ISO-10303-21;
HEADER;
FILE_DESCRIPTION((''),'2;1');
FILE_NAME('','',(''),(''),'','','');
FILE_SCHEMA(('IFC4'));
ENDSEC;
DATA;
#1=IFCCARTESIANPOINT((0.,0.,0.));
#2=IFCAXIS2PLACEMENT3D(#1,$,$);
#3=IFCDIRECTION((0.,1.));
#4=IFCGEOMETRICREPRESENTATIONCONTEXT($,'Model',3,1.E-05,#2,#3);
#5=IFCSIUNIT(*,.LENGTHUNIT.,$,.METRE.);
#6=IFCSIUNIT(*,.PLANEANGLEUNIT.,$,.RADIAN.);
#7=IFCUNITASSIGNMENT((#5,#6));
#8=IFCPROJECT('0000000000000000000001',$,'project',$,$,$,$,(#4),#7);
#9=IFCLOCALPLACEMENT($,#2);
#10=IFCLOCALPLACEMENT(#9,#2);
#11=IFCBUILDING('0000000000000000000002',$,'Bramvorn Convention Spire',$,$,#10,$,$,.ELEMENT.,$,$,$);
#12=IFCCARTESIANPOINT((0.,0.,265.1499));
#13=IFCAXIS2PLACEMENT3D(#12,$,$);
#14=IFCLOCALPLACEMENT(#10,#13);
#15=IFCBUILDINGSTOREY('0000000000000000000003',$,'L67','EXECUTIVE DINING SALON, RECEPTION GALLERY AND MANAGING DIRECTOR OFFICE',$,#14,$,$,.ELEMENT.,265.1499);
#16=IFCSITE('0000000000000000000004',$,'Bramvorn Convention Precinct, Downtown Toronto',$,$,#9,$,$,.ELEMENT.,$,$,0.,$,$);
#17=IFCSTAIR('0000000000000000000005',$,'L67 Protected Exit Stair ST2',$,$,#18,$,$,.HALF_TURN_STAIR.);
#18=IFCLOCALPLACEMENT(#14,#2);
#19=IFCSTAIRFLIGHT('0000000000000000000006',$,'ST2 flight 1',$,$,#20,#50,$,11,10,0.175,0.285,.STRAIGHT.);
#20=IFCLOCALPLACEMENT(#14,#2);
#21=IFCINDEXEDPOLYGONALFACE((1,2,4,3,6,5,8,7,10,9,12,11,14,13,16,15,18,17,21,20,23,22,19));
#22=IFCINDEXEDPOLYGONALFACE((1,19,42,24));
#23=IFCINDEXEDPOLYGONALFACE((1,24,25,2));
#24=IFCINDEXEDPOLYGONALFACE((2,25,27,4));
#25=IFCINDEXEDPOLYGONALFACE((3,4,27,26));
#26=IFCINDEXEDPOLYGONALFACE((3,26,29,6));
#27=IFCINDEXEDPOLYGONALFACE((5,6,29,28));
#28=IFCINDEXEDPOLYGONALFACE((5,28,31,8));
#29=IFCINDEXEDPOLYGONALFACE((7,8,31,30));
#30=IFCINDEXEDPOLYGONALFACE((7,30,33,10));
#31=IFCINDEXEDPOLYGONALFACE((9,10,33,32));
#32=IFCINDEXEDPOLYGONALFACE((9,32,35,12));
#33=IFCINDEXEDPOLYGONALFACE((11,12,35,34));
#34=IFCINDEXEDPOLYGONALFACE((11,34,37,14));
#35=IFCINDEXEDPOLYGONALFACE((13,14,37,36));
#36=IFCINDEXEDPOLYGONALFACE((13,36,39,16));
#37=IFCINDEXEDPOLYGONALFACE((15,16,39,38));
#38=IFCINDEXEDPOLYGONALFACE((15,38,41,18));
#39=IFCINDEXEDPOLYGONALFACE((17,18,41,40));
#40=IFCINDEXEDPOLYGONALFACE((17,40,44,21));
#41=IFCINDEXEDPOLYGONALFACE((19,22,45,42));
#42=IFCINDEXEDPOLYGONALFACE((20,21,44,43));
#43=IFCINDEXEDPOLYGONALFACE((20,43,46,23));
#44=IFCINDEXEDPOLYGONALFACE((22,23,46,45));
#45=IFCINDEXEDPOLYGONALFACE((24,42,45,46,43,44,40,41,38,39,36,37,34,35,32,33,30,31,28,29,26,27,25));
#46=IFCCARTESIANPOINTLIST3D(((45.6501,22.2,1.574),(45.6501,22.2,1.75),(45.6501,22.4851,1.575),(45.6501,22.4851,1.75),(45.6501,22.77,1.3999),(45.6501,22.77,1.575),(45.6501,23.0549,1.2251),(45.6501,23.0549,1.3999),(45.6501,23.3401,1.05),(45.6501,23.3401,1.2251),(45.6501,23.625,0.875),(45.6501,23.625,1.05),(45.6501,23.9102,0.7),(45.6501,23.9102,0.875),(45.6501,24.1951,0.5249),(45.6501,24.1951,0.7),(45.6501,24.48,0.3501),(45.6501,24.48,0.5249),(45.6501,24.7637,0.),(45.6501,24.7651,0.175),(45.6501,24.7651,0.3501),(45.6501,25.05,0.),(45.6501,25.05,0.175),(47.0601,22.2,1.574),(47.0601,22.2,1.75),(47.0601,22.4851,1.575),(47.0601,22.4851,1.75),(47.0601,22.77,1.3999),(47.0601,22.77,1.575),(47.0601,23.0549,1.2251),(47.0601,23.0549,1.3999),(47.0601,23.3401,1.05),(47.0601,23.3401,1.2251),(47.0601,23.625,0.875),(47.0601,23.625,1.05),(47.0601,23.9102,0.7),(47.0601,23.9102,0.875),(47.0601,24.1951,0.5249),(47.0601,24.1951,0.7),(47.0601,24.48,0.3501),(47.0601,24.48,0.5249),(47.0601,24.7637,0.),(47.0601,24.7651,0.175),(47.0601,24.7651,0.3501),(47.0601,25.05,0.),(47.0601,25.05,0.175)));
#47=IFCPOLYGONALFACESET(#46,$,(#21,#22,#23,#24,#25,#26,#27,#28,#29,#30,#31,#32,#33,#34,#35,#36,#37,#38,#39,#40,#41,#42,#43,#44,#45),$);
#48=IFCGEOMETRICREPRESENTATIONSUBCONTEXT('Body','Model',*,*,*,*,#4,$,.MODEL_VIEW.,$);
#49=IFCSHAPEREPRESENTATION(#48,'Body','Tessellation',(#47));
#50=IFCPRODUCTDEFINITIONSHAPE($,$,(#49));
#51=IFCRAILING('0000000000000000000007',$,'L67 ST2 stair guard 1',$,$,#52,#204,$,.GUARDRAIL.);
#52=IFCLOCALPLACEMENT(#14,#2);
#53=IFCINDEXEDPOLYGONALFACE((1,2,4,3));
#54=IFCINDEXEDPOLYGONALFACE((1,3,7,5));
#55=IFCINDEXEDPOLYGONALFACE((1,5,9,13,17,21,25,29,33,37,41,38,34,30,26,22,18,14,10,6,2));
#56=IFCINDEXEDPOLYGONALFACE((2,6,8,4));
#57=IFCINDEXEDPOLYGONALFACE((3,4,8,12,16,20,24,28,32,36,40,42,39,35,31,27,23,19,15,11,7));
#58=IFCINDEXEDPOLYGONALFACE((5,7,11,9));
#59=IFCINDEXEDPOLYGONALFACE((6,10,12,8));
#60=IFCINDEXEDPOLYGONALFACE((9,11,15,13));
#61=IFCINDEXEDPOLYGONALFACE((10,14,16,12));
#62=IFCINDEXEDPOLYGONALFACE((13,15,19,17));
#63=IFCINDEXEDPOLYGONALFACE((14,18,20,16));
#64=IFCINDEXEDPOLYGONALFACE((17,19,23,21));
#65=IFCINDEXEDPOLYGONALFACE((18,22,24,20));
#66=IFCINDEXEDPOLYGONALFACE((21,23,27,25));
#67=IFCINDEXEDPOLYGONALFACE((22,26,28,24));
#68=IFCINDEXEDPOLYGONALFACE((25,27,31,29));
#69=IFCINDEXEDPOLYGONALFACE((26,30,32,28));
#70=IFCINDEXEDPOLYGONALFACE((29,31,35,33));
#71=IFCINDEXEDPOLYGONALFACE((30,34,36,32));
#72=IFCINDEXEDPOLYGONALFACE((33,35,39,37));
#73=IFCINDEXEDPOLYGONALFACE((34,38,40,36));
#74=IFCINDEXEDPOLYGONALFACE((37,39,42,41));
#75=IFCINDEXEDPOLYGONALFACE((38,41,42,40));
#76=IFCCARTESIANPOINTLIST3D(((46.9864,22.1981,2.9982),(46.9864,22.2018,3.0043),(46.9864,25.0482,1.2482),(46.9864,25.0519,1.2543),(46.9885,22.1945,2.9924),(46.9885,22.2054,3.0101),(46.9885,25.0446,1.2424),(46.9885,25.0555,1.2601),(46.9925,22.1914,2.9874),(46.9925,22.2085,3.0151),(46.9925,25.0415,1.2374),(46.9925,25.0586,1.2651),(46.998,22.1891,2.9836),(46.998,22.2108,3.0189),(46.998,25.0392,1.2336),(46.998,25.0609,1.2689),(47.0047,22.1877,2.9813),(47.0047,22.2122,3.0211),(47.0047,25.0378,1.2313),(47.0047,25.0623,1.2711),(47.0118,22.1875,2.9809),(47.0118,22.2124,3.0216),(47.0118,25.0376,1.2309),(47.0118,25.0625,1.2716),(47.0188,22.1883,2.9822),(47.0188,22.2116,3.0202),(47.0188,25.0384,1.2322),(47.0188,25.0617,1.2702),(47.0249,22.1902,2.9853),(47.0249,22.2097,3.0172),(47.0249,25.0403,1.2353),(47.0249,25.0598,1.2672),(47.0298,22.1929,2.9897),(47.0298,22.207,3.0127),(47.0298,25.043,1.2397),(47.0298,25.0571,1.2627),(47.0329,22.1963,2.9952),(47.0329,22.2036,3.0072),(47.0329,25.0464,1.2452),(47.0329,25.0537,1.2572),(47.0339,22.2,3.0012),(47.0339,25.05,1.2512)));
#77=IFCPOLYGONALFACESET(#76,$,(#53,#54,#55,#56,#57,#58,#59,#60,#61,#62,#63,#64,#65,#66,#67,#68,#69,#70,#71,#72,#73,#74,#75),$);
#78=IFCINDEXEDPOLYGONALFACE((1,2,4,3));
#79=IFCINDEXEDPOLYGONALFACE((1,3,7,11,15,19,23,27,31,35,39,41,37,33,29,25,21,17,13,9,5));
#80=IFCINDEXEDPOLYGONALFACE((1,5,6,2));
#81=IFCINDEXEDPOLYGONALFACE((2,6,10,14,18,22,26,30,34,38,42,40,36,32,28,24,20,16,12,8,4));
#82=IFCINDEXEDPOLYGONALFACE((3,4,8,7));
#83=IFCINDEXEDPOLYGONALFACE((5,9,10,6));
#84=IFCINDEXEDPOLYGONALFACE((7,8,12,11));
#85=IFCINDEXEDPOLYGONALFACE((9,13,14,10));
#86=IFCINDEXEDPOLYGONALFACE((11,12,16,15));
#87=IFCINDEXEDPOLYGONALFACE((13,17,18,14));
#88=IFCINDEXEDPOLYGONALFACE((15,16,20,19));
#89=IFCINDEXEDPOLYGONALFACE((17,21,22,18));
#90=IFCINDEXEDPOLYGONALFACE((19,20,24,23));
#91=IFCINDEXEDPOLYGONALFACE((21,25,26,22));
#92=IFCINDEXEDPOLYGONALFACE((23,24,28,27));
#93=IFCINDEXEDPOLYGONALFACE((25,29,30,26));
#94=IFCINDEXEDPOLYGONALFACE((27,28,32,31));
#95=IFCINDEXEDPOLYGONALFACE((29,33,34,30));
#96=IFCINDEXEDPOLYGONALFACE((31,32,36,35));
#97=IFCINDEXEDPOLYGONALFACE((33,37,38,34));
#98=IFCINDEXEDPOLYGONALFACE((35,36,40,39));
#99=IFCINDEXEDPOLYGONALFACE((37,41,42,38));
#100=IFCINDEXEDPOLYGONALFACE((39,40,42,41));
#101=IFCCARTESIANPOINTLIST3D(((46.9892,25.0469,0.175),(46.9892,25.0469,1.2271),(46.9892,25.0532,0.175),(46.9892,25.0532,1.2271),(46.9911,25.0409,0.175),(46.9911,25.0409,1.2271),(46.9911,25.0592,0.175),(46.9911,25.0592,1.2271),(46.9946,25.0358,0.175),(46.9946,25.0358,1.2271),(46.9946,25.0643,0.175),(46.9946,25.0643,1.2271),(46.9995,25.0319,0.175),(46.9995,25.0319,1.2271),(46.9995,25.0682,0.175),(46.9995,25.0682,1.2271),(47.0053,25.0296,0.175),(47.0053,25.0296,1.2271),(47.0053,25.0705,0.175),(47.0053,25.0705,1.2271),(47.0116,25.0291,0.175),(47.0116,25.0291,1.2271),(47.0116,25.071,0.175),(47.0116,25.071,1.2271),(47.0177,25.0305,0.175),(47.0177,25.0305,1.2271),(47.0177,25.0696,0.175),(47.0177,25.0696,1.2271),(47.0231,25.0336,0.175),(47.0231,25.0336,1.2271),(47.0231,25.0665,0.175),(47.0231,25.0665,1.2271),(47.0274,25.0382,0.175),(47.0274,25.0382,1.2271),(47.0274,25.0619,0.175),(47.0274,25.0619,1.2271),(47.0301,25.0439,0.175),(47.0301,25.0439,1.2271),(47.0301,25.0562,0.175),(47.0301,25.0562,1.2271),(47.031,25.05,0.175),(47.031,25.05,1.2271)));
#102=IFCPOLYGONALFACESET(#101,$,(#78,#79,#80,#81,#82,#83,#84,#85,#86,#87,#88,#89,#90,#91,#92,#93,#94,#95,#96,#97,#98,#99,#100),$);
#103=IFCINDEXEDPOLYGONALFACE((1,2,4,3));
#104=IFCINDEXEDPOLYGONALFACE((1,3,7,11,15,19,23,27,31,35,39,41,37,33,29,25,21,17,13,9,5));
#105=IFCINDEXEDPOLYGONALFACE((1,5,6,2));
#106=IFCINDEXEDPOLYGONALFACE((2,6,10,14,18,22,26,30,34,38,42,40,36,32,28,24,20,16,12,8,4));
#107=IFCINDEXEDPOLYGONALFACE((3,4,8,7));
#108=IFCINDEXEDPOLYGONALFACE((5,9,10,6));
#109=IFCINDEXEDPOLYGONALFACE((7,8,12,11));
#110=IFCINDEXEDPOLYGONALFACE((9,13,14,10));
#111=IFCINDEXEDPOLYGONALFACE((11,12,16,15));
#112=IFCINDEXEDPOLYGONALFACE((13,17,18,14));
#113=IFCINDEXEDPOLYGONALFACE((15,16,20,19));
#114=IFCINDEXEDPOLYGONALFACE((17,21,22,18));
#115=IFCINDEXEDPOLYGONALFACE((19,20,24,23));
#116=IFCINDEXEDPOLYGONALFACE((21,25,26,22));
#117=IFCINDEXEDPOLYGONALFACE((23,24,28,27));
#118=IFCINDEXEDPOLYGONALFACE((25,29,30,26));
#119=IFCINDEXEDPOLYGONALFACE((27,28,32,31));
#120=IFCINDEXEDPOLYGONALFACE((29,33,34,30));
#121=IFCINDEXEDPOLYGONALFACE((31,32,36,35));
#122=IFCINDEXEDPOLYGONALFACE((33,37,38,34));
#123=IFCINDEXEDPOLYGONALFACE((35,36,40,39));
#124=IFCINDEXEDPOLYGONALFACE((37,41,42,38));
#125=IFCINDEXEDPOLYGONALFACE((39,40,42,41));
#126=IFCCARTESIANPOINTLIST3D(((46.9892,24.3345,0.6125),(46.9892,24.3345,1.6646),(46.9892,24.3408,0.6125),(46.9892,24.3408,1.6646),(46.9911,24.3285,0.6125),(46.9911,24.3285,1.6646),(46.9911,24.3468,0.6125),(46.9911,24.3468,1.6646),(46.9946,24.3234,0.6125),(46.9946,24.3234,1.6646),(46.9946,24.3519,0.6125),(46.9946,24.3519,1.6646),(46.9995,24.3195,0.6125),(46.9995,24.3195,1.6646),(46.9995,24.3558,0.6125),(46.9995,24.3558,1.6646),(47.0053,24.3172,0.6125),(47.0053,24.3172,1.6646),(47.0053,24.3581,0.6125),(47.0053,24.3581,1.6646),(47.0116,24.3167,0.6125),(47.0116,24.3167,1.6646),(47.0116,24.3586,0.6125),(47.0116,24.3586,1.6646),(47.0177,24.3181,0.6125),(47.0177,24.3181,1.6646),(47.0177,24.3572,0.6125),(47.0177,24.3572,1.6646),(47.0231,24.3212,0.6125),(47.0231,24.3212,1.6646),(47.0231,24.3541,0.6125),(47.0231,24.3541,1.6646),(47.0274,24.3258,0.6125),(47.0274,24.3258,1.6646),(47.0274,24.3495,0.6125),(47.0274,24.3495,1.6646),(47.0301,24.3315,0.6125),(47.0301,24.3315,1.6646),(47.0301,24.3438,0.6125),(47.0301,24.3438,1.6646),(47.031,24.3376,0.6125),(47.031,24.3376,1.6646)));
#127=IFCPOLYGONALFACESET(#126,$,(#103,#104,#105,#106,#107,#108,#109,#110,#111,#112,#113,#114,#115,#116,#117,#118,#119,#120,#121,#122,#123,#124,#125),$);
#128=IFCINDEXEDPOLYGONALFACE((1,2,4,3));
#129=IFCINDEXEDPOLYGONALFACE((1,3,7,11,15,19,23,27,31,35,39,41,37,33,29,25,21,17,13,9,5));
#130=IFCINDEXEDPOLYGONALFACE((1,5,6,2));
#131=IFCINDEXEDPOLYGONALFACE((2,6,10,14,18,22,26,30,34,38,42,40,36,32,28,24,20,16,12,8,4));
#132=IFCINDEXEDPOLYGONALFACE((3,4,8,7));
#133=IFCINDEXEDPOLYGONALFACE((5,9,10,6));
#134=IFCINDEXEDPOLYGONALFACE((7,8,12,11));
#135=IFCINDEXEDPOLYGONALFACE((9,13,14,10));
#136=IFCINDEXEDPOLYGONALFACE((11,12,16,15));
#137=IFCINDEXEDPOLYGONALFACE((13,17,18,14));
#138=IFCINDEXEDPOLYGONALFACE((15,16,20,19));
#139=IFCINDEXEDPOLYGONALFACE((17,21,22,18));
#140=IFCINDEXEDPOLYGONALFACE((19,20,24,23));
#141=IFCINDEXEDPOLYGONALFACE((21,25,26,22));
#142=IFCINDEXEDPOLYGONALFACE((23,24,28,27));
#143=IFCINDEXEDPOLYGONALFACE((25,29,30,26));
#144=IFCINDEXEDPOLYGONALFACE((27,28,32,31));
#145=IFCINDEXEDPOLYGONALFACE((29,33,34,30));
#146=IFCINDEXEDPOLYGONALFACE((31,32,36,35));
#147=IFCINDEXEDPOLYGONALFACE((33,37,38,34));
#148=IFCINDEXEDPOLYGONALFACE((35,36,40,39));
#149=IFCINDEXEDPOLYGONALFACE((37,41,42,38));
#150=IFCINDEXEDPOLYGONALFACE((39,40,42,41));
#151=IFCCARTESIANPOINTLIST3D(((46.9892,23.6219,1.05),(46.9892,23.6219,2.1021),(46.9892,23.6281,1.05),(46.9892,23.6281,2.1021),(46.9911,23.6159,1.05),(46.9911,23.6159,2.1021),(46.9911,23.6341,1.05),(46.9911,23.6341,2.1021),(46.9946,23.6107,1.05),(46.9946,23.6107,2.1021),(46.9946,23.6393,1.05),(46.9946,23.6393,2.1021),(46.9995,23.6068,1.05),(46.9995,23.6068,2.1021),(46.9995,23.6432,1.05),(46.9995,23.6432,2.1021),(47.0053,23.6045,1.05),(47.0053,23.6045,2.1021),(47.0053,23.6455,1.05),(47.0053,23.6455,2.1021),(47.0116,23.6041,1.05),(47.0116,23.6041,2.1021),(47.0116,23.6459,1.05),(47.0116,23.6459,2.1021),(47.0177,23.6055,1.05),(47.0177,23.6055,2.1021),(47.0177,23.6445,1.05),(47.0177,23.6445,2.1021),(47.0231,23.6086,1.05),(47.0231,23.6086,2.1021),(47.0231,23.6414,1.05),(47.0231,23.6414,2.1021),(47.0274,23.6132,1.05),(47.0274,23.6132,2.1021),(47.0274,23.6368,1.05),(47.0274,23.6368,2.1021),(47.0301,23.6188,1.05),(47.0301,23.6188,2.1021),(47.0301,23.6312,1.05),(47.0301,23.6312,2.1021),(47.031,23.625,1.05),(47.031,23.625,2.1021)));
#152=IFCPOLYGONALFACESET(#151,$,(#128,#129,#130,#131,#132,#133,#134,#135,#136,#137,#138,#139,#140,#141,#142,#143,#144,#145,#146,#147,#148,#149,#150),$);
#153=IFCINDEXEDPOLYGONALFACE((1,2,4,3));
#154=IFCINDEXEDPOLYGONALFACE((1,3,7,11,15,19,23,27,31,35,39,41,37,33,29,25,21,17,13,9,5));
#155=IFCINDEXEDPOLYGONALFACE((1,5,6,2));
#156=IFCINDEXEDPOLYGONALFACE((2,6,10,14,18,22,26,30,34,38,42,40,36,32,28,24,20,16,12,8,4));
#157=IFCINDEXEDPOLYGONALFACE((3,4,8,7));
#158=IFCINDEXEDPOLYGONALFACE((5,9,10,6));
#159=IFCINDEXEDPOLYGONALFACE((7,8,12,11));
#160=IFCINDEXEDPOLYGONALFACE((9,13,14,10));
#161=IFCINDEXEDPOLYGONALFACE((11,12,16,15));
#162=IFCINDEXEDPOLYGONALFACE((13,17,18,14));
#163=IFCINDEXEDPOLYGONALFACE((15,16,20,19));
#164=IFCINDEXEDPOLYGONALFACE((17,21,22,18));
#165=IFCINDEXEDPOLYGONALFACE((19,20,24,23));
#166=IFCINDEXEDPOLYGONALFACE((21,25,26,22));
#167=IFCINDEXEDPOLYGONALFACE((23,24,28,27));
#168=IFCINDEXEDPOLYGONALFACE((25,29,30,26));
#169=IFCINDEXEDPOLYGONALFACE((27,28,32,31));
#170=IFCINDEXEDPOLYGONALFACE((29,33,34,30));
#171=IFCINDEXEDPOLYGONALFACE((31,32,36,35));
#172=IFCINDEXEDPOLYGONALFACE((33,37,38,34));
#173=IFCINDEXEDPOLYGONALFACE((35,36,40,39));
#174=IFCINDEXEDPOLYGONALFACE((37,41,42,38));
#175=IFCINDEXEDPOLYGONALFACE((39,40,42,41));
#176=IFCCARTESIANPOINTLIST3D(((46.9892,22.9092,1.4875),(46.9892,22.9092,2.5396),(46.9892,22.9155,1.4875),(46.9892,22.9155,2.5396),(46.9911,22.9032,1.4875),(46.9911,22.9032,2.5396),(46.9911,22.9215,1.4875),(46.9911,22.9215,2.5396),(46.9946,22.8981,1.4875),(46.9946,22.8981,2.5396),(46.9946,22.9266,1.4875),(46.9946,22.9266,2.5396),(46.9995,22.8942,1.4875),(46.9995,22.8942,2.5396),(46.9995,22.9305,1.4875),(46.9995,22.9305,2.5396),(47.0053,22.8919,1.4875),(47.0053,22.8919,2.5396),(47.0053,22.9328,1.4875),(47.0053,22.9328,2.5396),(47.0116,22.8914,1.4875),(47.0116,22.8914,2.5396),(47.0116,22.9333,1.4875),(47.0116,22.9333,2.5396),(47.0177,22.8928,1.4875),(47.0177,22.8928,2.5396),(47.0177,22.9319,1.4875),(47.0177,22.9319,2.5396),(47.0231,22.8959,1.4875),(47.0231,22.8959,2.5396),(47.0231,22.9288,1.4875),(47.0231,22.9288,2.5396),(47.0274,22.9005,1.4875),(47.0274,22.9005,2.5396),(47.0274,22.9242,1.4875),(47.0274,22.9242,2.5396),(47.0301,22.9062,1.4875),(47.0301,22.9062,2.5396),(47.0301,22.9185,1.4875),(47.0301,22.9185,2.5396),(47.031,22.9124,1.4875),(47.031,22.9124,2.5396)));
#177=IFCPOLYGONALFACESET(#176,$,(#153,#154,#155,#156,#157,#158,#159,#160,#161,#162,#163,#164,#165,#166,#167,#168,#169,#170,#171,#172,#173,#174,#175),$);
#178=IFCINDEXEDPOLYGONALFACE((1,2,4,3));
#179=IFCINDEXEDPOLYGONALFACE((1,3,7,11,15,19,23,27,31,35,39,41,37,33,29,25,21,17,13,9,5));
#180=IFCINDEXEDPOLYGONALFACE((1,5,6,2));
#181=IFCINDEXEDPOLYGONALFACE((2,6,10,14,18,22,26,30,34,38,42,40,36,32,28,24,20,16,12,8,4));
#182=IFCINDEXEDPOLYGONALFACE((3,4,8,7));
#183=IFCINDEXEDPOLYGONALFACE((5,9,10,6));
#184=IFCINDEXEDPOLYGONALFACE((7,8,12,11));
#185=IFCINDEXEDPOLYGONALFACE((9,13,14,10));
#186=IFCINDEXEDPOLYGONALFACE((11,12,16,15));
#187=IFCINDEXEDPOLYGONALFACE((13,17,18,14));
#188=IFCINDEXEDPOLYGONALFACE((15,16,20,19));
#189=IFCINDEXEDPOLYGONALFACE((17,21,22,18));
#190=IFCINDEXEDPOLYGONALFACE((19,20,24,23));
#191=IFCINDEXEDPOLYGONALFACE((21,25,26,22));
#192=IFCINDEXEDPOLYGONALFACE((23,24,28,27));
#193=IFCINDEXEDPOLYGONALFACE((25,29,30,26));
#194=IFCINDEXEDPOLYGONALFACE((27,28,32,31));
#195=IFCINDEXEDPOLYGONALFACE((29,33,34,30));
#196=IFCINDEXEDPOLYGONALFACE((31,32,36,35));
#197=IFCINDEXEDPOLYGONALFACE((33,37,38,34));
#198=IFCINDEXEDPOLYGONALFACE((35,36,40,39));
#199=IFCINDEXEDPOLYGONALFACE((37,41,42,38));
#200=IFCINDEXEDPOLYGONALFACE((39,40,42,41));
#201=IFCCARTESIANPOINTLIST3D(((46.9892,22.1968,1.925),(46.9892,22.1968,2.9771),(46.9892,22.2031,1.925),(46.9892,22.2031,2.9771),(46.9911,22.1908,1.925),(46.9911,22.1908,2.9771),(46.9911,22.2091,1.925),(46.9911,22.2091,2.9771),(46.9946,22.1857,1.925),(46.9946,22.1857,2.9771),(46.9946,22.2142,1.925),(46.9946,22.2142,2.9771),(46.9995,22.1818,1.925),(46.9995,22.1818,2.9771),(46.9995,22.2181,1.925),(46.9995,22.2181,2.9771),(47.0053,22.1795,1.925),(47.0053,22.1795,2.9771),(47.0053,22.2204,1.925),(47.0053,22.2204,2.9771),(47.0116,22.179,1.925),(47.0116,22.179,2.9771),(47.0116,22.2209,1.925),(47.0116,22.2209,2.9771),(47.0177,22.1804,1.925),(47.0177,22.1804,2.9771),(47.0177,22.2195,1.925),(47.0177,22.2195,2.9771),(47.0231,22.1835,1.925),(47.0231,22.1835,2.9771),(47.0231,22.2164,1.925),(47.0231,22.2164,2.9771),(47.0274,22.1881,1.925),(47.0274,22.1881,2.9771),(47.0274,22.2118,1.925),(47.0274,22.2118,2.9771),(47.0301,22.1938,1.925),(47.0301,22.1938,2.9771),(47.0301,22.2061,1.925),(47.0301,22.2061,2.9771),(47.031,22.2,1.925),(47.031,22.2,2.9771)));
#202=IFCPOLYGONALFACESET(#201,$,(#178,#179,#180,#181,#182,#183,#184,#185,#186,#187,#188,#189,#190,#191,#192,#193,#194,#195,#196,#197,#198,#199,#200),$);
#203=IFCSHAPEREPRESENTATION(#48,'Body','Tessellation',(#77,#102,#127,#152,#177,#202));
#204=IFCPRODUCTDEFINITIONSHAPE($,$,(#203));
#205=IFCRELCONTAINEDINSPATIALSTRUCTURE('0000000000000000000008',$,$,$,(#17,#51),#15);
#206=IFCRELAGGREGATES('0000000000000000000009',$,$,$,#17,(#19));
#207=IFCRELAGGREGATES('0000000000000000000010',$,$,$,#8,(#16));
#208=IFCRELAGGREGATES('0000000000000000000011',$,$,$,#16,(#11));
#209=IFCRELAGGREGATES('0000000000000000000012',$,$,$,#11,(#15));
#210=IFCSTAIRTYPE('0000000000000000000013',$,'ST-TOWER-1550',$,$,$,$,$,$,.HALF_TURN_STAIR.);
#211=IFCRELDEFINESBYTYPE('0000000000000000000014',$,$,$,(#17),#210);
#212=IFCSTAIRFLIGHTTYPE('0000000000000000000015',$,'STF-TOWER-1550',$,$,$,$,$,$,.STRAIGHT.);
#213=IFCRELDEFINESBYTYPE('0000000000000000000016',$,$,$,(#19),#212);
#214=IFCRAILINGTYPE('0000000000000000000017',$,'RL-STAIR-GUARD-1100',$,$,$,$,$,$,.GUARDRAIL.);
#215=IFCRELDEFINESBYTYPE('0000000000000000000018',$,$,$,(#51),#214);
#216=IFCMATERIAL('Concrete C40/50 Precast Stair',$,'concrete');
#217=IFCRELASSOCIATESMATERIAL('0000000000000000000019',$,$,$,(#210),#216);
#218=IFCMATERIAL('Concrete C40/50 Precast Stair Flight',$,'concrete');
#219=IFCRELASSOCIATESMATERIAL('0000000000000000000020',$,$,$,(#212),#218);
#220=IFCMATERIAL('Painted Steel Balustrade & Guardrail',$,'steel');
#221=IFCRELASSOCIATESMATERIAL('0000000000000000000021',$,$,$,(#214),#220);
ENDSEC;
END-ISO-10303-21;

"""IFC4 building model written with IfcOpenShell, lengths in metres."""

from ifc_helpers import new_model, si_unit, direction, frame, origin, origin_2d, place, context, subcontext, project, spatial, polyline, circle, outline, extrude, material, type_object, element, aggregate, save


model = new_model("IFC4")

# Units and contexts
model_context = context("Model", 3, precision=1e-05, world=origin(), true_north=direction((0.0, 1.0)))
body_context = subcontext(model_context, "Body", "Model", "MODEL_VIEW")
ifc_project = project(units=[si_unit("LENGTHUNIT", "METRE"), si_unit("PLANEANGLEUNIT", "RADIAN")], contexts=[model_context])

# Site, building, storey
site_placement = place(None, origin())
site = spatial("IfcSite", under=ifc_project, at=site_placement, Name="Bramvorn Convention Precinct, Downtown Toronto", CompositionType="ELEMENT", RefElevation=0.0)
building_placement = place(site_placement, origin())
building = spatial("IfcBuilding", under=site, at=building_placement, Name="Bramvorn Convention Spire", CompositionType="ELEMENT")
storey_placement = place(building_placement, frame((0.0, 0.0, 265.1499)))
storey = spatial("IfcBuildingStorey", under=building, at=storey_placement, Name="L67", Description="EXECUTIVE DINING SALON, RECEPTION GALLERY AND MANAGING DIRECTOR OFFICE", CompositionType="ELEMENT", Elevation=265.1499)

# Stair, stair flight
ifc_material_1 = material(Name="Concrete C40/50 Precast Stair", Category="concrete")
stair_type = type_object("IfcStairType", Name="ST-TOWER-1550", PredefinedType="HALF_TURN_STAIR", material=ifc_material_1)
stair_placement = place(storey_placement, origin())
stair = element("IfcStair", 1, at=stair_placement, inside=storey, type_object=stair_type, Name="L67 Protected Exit Stair ST2", PredefinedType="HALF_TURN_STAIR")
ifc_material_2 = material(Name="Concrete C40/50 Precast Stair Flight", Category="concrete")
stair_flight_type = type_object("IfcStairFlightType", Name="STF-TOWER-1550", PredefinedType="STRAIGHT", material=ifc_material_2)
stair_flight_placement = place(storey_placement, frame((46.355, 25.05, 0.0), z_axis=(0.0, 0.0, 1.0), x_axis=(0.0, -1.0, 0.0)))
stair_flight = element("IfcStairFlight", 2, at=stair_flight_placement, type_object=stair_flight_type, Name="ST2 flight 1", NumberOfRisers=11, NumberOfTreads=10, PredefinedType="STRAIGHT", RiserHeight=0.175, TreadLength=0.285, context=body_context, shape_type="SweptSolid", body=[
    extrude(outline(polyline([(0.0, 0.0), (0.0, 0.175), (0.2849, 0.175), (0.2849, 0.3501), (0.5701, 0.3501), (0.5701, 0.5249), (0.855, 0.5249), (0.855, 0.7), (1.1399, 0.7), (1.1399, 0.875), (1.425, 0.875), (1.425, 1.05), (1.71, 1.05), (1.71, 1.2251), (1.9951, 1.2251), (1.9951, 1.3999), (2.28, 1.3999), (2.28, 1.575), (2.5649, 1.575), (2.5649, 1.75), (2.8501, 1.75), (2.8501, 1.925), (2.8501, 1.574), (0.2864, 0.0), (0.0, 0.0)])), frame((0.0, 0.7051, 0.0), z_axis=(0.0, -1.0, 0.0), x_axis=(1.0, 0.0, 0.0)), (0.0, 0.0, 1.0), 1.4099),
])
aggregate(stair, [stair_flight])

# Railing
ifc_material_3 = material(Name="Painted Steel Balustrade & Guardrail", Category="steel")
railing_type_1 = type_object("IfcRailingType", Name="RL-STAIR-GUARD-1100", PredefinedType="GUARDRAIL", material=ifc_material_3)
railing_1_placement = place(storey_placement, frame((47.01, 25.05, 0.175)))
element("IfcRailing", 3, at=railing_1_placement, inside=storey, type_object=railing_type_1, Name="L67 ST2 stair guard 1", PredefinedType="GUARDRAIL", context=body_context, shape_type="SweptSolid", body=[
    extrude(circle(Radius=0.0239, at=origin_2d()), frame((0.0, 0.0, 1.0762), z_axis=(0.0, -0.852179, 0.52325), x_axis=(1.0, 0.0, 0.0)), (0.0, 0.0, 1.0), 3.3445),
    extrude(circle(Radius=0.021, at=origin_2d()), origin(), (0.0, 0.0, 1.0), 1.052),
    extrude(circle(Radius=0.021, at=origin_2d()), frame((0.0, -0.7124, 0.4375)), (0.0, 0.0, 1.0), 1.052),
    extrude(circle(Radius=0.021, at=origin_2d()), frame((0.0, -1.425, 0.875)), (0.0, 0.0, 1.0), 1.052),
    extrude(circle(Radius=0.021, at=origin_2d()), frame((0.0, -2.1377, 1.3125)), (0.0, 0.0, 1.0), 1.052),
    extrude(circle(Radius=0.021, at=origin_2d()), frame((0.0, -2.8501, 1.75)), (0.0, 0.0, 1.0), 1.052),
])

save(model, "model.ifc")
